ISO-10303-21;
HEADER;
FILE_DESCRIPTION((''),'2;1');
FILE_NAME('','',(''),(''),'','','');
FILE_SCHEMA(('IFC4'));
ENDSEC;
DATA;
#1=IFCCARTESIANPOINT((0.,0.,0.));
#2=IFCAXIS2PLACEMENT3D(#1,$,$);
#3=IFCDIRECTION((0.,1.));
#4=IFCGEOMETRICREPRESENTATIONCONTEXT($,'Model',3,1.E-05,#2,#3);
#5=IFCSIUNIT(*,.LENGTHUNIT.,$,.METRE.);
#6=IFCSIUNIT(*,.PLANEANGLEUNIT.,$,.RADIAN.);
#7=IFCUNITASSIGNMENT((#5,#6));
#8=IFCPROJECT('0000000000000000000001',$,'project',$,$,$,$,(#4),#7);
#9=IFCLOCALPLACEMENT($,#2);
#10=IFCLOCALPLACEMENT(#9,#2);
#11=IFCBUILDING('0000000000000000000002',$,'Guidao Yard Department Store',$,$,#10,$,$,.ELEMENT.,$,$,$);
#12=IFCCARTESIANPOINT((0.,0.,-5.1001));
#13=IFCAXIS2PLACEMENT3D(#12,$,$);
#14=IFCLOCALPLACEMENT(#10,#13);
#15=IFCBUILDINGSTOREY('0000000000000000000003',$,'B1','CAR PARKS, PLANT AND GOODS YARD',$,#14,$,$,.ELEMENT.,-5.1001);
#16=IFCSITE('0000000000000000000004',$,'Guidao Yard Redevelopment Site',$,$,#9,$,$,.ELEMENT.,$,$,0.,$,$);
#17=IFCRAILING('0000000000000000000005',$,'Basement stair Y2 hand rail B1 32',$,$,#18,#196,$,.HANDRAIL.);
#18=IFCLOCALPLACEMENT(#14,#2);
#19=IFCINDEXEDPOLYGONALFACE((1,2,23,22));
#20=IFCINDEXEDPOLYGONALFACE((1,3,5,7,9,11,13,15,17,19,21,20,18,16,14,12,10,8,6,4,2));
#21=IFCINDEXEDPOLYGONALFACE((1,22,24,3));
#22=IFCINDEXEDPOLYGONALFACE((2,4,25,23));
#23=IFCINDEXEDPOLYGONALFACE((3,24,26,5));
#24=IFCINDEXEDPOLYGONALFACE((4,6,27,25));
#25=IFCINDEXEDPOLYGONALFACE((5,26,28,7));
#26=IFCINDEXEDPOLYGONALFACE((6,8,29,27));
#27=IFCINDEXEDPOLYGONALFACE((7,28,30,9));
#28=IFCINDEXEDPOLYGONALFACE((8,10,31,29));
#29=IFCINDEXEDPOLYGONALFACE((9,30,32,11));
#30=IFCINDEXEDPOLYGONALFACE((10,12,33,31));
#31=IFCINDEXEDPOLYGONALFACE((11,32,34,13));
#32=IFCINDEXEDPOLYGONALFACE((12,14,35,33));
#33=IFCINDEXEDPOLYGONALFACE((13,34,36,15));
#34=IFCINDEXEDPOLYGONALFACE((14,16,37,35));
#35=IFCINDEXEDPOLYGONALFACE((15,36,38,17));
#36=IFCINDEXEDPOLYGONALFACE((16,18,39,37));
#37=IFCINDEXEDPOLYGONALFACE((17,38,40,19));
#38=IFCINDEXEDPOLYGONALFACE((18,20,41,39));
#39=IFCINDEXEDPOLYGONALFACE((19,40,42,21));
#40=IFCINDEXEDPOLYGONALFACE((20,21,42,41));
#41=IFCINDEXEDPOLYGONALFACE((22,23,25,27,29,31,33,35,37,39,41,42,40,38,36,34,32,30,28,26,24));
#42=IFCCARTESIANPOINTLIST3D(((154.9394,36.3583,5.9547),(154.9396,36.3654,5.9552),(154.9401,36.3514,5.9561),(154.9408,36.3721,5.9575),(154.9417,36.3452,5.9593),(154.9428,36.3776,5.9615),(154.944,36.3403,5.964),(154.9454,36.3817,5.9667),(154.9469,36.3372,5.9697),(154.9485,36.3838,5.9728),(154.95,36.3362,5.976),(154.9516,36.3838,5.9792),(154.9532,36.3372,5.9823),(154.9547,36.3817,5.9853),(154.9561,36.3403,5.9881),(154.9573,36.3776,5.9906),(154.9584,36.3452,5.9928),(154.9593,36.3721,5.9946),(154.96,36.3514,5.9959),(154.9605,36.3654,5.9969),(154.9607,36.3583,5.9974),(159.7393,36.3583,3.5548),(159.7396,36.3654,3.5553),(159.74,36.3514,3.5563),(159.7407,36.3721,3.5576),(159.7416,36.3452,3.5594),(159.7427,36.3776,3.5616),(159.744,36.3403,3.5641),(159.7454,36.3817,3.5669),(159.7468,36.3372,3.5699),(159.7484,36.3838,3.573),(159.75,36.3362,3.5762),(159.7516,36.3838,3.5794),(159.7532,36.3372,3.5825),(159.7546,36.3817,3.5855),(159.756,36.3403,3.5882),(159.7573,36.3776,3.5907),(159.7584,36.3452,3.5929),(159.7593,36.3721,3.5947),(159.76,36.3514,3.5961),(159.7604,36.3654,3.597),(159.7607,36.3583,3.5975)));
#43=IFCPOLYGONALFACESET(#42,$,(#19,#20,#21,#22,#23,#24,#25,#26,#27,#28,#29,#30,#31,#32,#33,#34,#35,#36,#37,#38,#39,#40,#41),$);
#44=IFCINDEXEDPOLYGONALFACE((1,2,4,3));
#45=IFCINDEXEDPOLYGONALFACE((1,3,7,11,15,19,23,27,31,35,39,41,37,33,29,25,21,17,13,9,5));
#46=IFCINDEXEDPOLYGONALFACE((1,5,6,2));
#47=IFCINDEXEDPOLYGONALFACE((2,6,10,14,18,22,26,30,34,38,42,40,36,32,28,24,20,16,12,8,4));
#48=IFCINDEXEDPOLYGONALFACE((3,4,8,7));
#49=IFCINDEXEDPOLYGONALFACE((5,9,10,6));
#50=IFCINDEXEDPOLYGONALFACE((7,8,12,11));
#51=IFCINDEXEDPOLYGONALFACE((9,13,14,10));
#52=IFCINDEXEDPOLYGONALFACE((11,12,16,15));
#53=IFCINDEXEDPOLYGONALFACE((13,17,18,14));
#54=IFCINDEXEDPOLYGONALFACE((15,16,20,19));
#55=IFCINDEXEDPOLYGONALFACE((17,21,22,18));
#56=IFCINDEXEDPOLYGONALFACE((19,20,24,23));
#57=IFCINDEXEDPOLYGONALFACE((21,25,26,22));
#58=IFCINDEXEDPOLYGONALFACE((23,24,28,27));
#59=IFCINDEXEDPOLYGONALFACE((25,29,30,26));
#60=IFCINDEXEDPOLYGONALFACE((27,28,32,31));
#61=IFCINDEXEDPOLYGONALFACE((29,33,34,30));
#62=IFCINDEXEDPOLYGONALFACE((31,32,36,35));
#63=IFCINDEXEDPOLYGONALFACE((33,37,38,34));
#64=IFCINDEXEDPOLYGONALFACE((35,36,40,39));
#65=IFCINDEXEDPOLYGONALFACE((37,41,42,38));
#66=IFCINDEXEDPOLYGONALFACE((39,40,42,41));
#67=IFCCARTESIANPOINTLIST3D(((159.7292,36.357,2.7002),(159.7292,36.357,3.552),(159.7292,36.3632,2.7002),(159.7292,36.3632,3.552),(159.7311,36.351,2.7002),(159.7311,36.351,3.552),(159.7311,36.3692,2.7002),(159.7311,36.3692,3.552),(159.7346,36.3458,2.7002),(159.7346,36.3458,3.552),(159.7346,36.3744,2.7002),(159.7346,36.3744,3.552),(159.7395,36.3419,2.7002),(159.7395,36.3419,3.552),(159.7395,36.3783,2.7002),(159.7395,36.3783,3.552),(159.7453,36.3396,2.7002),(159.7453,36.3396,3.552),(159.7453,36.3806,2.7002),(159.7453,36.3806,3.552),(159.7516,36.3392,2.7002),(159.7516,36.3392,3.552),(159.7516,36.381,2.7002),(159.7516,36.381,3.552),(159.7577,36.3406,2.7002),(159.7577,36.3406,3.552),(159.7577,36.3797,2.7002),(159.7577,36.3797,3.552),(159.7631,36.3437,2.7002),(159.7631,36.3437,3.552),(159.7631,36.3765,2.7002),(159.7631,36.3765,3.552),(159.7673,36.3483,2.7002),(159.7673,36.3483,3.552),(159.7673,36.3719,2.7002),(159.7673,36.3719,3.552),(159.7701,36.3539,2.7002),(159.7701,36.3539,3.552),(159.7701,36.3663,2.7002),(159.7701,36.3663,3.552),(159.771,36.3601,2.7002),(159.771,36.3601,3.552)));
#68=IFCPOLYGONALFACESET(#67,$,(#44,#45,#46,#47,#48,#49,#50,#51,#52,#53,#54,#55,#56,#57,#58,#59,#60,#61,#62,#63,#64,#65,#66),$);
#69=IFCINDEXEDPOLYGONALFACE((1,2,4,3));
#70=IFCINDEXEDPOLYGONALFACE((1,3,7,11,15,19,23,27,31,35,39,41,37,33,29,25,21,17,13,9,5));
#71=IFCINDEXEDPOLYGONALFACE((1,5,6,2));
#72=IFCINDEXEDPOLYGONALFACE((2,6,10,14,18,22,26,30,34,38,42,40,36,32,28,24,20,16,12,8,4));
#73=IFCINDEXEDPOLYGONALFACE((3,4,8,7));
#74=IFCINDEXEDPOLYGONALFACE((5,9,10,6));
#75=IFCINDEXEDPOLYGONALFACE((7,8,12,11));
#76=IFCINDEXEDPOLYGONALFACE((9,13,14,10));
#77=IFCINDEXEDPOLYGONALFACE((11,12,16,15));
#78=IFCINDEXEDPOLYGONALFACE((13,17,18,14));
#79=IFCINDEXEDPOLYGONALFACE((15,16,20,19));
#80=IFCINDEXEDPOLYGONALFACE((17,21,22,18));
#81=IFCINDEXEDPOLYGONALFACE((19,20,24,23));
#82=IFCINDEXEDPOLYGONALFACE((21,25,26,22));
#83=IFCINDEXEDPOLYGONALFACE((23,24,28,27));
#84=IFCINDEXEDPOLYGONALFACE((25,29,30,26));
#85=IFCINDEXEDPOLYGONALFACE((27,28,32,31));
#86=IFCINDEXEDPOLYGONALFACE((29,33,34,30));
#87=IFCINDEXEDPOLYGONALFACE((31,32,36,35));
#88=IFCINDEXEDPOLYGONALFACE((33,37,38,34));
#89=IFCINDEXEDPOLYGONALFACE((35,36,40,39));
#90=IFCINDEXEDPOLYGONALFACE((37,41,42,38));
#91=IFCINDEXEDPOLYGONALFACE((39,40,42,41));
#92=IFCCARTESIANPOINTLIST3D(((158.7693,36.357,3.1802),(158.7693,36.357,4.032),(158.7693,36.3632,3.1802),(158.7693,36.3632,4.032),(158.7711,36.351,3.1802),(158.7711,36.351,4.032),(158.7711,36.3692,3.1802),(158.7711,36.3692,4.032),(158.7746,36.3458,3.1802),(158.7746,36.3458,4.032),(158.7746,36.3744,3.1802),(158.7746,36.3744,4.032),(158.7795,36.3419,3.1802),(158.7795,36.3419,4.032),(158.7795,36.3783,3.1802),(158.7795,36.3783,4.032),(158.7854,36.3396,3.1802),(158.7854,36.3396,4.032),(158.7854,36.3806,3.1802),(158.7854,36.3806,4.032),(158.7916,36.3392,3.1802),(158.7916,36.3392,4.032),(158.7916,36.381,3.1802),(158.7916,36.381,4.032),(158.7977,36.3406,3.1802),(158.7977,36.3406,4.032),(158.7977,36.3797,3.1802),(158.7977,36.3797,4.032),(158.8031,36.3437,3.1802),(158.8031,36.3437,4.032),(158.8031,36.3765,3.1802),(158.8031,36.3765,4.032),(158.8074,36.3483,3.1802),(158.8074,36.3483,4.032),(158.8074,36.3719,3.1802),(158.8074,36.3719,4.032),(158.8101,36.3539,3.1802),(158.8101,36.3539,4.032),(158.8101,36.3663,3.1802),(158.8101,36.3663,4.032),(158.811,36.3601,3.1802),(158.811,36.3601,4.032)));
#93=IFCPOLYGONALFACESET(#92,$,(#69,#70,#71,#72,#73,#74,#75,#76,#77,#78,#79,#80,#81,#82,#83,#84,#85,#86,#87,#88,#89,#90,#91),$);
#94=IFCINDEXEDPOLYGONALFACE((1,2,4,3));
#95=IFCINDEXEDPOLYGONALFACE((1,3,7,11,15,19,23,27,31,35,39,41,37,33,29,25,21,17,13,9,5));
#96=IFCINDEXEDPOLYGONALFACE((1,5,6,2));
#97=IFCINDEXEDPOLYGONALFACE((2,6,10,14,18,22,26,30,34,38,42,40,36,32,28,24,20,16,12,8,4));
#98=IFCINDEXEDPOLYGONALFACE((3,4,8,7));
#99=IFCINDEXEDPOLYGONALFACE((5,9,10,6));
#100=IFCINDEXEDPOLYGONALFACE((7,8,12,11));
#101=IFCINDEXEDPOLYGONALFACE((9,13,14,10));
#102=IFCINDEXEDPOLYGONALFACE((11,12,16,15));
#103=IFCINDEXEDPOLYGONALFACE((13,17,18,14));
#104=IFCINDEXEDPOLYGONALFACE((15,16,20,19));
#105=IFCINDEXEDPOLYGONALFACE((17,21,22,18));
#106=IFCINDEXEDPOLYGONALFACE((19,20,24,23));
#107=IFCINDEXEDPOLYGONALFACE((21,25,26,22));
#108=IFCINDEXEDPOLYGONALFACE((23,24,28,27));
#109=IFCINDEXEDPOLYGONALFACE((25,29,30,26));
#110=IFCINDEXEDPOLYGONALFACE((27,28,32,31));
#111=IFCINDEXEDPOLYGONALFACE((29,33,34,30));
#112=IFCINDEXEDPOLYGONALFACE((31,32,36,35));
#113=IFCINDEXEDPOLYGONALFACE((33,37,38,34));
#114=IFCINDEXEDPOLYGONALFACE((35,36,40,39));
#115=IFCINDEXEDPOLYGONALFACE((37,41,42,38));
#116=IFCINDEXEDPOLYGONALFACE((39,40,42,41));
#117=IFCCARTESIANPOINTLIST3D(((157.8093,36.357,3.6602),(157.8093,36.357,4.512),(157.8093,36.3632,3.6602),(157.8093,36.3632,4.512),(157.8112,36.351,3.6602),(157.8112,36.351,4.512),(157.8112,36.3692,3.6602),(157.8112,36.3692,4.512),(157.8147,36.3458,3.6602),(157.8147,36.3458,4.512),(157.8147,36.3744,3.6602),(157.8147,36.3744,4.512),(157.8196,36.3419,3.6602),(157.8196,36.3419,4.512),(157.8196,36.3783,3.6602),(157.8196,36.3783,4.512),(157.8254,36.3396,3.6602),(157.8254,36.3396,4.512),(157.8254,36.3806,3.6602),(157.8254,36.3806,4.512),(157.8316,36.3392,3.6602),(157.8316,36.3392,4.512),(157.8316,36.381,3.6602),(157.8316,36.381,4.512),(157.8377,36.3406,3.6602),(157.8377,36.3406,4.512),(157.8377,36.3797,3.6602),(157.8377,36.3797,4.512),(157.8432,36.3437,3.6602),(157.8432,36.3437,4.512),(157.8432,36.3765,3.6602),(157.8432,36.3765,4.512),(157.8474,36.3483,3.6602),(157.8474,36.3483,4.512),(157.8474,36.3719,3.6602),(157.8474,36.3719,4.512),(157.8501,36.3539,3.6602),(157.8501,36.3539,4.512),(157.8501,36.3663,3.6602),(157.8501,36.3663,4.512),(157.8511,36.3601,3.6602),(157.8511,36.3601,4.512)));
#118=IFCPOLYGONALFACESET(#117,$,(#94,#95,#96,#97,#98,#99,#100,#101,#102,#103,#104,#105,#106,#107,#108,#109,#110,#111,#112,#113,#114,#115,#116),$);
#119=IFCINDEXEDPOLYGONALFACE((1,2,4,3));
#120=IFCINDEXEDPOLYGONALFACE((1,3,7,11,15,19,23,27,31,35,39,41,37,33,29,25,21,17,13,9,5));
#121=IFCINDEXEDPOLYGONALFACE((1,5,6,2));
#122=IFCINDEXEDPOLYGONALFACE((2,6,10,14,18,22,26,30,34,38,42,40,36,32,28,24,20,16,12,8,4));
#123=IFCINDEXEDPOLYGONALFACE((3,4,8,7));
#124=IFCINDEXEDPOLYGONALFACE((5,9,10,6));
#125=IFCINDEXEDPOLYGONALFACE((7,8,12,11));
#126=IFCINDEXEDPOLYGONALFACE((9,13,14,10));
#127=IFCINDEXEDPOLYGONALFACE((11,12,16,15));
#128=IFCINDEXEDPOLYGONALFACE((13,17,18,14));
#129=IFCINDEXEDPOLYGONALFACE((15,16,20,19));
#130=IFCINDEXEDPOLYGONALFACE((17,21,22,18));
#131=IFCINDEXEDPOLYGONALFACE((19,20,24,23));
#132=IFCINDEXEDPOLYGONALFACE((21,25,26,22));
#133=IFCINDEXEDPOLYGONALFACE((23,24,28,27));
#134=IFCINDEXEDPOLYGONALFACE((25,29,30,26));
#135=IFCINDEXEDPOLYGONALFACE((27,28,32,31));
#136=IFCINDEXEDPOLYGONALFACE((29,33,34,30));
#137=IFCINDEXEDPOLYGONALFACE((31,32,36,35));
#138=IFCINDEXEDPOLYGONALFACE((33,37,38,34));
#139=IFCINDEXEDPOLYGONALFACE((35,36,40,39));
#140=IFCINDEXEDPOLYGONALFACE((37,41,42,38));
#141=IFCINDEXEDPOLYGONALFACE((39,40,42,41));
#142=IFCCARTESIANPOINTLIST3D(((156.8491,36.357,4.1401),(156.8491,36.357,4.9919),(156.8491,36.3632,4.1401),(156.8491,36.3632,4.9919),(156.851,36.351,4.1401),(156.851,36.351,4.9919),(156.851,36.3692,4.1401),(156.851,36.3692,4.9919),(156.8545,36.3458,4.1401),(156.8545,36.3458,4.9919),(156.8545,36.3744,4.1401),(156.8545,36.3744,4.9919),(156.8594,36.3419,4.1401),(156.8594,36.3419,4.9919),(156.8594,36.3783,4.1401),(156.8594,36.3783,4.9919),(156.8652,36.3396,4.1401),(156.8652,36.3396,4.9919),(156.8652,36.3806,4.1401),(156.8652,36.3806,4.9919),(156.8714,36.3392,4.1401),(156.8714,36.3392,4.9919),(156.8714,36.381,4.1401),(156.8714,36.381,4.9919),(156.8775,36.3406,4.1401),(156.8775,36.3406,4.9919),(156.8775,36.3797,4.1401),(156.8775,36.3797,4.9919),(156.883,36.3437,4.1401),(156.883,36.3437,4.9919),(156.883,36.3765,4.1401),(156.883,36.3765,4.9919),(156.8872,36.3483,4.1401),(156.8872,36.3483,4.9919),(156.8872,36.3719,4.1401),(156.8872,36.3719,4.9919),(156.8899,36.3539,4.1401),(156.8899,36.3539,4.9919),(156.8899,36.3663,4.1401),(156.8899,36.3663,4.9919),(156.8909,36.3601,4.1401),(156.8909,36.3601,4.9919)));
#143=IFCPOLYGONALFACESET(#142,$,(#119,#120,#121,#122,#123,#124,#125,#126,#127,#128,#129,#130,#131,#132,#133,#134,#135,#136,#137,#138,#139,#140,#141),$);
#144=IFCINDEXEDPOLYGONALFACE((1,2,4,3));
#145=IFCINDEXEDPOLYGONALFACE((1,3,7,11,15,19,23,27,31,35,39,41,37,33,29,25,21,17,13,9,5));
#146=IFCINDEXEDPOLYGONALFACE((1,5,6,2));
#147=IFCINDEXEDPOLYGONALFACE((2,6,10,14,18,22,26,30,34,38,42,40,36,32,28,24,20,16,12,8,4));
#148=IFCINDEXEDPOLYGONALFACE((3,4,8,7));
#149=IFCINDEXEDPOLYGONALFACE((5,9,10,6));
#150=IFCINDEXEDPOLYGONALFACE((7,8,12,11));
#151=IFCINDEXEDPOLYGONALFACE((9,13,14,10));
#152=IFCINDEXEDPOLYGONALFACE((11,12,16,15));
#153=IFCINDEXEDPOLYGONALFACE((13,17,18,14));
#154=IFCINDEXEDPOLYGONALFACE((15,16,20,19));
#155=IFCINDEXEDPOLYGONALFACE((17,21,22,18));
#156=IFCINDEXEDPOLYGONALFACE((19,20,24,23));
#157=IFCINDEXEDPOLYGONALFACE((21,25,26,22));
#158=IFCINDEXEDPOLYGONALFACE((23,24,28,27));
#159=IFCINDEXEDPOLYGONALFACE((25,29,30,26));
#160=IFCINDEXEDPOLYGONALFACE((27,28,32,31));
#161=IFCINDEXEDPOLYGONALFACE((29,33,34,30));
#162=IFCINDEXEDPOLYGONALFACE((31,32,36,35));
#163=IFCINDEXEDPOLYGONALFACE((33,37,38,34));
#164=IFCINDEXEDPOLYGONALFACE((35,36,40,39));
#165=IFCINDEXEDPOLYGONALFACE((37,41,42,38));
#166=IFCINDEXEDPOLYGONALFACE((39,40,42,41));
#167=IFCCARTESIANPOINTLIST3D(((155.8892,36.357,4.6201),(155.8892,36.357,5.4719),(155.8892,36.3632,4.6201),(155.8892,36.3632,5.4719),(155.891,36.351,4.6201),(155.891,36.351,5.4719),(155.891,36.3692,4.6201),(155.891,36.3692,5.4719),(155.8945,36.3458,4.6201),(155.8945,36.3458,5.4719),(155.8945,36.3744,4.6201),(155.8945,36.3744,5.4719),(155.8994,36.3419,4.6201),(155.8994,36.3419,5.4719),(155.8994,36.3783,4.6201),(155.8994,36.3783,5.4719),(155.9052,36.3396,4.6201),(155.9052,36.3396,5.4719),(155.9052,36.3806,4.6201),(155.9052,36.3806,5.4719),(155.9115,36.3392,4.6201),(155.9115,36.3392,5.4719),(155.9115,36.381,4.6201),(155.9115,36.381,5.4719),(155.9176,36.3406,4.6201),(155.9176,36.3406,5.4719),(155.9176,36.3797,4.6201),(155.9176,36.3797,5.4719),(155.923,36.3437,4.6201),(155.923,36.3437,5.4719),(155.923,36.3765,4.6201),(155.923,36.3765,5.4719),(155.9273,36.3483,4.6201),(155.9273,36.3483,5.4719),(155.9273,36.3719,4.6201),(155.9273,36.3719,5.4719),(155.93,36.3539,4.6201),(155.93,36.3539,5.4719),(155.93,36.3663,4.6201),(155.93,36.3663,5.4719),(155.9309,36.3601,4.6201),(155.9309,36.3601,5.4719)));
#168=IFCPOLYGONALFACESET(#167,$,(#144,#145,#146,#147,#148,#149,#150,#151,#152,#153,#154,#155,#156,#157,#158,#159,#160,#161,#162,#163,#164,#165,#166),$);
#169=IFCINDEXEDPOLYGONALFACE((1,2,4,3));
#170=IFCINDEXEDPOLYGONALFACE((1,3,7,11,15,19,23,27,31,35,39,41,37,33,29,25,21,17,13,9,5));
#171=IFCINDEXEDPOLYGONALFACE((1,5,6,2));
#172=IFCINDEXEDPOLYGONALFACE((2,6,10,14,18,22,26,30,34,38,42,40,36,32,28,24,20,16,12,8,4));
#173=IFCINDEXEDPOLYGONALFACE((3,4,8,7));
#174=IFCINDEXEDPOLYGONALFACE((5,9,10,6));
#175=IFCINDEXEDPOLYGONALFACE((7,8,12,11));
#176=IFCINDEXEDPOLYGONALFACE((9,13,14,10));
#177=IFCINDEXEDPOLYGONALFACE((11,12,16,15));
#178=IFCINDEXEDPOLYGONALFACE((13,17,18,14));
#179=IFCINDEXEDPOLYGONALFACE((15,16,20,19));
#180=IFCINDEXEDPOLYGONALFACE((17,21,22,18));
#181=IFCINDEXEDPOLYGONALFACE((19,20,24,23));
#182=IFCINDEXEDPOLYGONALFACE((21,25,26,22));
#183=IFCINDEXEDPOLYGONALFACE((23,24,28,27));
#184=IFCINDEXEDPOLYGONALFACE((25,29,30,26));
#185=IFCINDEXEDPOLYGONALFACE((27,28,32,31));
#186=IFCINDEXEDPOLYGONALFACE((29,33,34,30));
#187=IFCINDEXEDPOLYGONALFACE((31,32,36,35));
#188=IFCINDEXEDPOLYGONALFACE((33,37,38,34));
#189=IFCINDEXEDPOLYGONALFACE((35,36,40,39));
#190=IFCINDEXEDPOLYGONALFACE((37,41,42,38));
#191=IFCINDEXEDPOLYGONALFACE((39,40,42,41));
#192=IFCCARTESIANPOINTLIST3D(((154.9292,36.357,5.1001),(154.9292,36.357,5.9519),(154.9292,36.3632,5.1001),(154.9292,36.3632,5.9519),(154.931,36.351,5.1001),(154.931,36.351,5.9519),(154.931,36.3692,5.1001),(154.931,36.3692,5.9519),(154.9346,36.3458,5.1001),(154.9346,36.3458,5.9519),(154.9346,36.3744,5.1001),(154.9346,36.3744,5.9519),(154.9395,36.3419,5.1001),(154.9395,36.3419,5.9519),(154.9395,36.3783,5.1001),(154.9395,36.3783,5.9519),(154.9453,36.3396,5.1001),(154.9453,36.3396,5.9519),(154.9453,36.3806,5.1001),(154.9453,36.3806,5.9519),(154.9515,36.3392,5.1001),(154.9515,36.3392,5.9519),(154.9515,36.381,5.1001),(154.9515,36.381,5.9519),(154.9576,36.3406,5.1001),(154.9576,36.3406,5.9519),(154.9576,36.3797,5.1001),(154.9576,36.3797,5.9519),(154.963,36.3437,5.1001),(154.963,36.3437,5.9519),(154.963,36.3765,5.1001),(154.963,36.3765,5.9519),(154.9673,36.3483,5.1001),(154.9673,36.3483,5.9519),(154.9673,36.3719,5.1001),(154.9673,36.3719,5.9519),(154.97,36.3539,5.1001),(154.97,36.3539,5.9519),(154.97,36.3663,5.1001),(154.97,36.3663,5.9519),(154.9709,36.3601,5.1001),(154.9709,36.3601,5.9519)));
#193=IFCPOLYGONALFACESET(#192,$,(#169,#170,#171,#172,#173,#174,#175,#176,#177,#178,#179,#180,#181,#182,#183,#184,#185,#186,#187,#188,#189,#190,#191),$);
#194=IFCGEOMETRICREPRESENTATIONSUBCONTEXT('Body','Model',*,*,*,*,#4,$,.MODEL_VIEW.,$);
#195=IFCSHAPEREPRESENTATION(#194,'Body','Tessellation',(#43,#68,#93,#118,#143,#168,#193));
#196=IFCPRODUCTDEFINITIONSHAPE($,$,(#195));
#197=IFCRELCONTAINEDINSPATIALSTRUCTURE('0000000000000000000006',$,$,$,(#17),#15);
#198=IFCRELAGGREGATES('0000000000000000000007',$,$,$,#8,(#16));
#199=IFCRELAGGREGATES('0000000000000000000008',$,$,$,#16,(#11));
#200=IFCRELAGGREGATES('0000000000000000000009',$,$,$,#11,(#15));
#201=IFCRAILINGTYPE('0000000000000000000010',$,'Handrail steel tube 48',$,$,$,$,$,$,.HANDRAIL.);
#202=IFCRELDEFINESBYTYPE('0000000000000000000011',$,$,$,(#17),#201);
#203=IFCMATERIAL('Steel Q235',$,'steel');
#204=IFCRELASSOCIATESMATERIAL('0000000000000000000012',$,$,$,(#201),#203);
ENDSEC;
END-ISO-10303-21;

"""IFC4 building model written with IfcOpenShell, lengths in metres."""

from ifc_helpers import new_model, si_unit, direction, frame, origin, origin_2d, place, context, subcontext, project, spatial, circle, extrude, material, type_object, element, save


model = new_model("IFC4")

# Units and contexts
model_context = context("Model", 3, precision=1e-05, world=origin(), true_north=direction((0.0, 1.0)))
body_context = subcontext(model_context, "Body", "Model", "MODEL_VIEW")
ifc_project = project(units=[si_unit("LENGTHUNIT", "METRE"), si_unit("PLANEANGLEUNIT", "RADIAN")], contexts=[model_context])

# Site, building, storey
site_placement = place(None, origin())
site = spatial("IfcSite", under=ifc_project, at=site_placement, Name="Guidao Yard Redevelopment Site", CompositionType="ELEMENT", RefElevation=0.0)
building_placement = place(site_placement, origin())
building = spatial("IfcBuilding", under=site, at=building_placement, Name="Guidao Yard Department Store", CompositionType="ELEMENT")
storey_placement = place(building_placement, frame((0.0, 0.0, -5.1001)))
storey = spatial("IfcBuildingStorey", under=building, at=storey_placement, Name="B1", Description="CAR PARKS, PLANT AND GOODS YARD", CompositionType="ELEMENT", Elevation=-5.1001)

# Railing
ifc_material_1 = material(Name="Steel Q235", Category="steel")
railing_type = type_object("IfcRailingType", Name="Handrail steel tube 48", PredefinedType="HANDRAIL", material=ifc_material_1)
for number, where, name in (
    (1, (159.75, 36.3601, 2.7002), "Basement stair Y2 hand rail B1 32"),
):
    element("IfcRailing", number, at=place(storey_placement, frame(where)), inside=storey, type_object=railing_type, Name=name, PredefinedType="HANDRAIL", context=body_context, shape_type="SweptSolid", body=[
        extrude(circle(Radius=0.0239, at=origin_2d()), frame((0.0, 0.0, 0.876), z_axis=(-0.894436, 0.0, 0.447195), x_axis=(0.0, -1.0, 0.0)), (0.0, 0.0, 1.0), 5.3665),
        extrude(circle(Radius=0.021, at=origin_2d()), origin(), (0.0, 0.0, 1.0), 0.8518),
        extrude(circle(Radius=0.021, at=origin_2d()), frame((-0.96, 0.0, 0.48)), (0.0, 0.0, 1.0), 0.8518),
        extrude(circle(Radius=0.021, at=origin_2d()), frame((-1.9199, 0.0, 0.96)), (0.0, 0.0, 1.0), 0.8518),
        extrude(circle(Radius=0.021, at=origin_2d()), frame((-2.8801, 0.0, 1.4399)), (0.0, 0.0, 1.0), 0.8518),
        extrude(circle(Radius=0.021, at=origin_2d()), frame((-3.8401, 0.0, 1.9199)), (0.0, 0.0, 1.0), 0.8518),
        extrude(circle(Radius=0.021, at=origin_2d()), frame((-4.8, 0.0, 2.3999)), (0.0, 0.0, 1.0), 0.8518),
    ])

save(model, "model.ifc")
